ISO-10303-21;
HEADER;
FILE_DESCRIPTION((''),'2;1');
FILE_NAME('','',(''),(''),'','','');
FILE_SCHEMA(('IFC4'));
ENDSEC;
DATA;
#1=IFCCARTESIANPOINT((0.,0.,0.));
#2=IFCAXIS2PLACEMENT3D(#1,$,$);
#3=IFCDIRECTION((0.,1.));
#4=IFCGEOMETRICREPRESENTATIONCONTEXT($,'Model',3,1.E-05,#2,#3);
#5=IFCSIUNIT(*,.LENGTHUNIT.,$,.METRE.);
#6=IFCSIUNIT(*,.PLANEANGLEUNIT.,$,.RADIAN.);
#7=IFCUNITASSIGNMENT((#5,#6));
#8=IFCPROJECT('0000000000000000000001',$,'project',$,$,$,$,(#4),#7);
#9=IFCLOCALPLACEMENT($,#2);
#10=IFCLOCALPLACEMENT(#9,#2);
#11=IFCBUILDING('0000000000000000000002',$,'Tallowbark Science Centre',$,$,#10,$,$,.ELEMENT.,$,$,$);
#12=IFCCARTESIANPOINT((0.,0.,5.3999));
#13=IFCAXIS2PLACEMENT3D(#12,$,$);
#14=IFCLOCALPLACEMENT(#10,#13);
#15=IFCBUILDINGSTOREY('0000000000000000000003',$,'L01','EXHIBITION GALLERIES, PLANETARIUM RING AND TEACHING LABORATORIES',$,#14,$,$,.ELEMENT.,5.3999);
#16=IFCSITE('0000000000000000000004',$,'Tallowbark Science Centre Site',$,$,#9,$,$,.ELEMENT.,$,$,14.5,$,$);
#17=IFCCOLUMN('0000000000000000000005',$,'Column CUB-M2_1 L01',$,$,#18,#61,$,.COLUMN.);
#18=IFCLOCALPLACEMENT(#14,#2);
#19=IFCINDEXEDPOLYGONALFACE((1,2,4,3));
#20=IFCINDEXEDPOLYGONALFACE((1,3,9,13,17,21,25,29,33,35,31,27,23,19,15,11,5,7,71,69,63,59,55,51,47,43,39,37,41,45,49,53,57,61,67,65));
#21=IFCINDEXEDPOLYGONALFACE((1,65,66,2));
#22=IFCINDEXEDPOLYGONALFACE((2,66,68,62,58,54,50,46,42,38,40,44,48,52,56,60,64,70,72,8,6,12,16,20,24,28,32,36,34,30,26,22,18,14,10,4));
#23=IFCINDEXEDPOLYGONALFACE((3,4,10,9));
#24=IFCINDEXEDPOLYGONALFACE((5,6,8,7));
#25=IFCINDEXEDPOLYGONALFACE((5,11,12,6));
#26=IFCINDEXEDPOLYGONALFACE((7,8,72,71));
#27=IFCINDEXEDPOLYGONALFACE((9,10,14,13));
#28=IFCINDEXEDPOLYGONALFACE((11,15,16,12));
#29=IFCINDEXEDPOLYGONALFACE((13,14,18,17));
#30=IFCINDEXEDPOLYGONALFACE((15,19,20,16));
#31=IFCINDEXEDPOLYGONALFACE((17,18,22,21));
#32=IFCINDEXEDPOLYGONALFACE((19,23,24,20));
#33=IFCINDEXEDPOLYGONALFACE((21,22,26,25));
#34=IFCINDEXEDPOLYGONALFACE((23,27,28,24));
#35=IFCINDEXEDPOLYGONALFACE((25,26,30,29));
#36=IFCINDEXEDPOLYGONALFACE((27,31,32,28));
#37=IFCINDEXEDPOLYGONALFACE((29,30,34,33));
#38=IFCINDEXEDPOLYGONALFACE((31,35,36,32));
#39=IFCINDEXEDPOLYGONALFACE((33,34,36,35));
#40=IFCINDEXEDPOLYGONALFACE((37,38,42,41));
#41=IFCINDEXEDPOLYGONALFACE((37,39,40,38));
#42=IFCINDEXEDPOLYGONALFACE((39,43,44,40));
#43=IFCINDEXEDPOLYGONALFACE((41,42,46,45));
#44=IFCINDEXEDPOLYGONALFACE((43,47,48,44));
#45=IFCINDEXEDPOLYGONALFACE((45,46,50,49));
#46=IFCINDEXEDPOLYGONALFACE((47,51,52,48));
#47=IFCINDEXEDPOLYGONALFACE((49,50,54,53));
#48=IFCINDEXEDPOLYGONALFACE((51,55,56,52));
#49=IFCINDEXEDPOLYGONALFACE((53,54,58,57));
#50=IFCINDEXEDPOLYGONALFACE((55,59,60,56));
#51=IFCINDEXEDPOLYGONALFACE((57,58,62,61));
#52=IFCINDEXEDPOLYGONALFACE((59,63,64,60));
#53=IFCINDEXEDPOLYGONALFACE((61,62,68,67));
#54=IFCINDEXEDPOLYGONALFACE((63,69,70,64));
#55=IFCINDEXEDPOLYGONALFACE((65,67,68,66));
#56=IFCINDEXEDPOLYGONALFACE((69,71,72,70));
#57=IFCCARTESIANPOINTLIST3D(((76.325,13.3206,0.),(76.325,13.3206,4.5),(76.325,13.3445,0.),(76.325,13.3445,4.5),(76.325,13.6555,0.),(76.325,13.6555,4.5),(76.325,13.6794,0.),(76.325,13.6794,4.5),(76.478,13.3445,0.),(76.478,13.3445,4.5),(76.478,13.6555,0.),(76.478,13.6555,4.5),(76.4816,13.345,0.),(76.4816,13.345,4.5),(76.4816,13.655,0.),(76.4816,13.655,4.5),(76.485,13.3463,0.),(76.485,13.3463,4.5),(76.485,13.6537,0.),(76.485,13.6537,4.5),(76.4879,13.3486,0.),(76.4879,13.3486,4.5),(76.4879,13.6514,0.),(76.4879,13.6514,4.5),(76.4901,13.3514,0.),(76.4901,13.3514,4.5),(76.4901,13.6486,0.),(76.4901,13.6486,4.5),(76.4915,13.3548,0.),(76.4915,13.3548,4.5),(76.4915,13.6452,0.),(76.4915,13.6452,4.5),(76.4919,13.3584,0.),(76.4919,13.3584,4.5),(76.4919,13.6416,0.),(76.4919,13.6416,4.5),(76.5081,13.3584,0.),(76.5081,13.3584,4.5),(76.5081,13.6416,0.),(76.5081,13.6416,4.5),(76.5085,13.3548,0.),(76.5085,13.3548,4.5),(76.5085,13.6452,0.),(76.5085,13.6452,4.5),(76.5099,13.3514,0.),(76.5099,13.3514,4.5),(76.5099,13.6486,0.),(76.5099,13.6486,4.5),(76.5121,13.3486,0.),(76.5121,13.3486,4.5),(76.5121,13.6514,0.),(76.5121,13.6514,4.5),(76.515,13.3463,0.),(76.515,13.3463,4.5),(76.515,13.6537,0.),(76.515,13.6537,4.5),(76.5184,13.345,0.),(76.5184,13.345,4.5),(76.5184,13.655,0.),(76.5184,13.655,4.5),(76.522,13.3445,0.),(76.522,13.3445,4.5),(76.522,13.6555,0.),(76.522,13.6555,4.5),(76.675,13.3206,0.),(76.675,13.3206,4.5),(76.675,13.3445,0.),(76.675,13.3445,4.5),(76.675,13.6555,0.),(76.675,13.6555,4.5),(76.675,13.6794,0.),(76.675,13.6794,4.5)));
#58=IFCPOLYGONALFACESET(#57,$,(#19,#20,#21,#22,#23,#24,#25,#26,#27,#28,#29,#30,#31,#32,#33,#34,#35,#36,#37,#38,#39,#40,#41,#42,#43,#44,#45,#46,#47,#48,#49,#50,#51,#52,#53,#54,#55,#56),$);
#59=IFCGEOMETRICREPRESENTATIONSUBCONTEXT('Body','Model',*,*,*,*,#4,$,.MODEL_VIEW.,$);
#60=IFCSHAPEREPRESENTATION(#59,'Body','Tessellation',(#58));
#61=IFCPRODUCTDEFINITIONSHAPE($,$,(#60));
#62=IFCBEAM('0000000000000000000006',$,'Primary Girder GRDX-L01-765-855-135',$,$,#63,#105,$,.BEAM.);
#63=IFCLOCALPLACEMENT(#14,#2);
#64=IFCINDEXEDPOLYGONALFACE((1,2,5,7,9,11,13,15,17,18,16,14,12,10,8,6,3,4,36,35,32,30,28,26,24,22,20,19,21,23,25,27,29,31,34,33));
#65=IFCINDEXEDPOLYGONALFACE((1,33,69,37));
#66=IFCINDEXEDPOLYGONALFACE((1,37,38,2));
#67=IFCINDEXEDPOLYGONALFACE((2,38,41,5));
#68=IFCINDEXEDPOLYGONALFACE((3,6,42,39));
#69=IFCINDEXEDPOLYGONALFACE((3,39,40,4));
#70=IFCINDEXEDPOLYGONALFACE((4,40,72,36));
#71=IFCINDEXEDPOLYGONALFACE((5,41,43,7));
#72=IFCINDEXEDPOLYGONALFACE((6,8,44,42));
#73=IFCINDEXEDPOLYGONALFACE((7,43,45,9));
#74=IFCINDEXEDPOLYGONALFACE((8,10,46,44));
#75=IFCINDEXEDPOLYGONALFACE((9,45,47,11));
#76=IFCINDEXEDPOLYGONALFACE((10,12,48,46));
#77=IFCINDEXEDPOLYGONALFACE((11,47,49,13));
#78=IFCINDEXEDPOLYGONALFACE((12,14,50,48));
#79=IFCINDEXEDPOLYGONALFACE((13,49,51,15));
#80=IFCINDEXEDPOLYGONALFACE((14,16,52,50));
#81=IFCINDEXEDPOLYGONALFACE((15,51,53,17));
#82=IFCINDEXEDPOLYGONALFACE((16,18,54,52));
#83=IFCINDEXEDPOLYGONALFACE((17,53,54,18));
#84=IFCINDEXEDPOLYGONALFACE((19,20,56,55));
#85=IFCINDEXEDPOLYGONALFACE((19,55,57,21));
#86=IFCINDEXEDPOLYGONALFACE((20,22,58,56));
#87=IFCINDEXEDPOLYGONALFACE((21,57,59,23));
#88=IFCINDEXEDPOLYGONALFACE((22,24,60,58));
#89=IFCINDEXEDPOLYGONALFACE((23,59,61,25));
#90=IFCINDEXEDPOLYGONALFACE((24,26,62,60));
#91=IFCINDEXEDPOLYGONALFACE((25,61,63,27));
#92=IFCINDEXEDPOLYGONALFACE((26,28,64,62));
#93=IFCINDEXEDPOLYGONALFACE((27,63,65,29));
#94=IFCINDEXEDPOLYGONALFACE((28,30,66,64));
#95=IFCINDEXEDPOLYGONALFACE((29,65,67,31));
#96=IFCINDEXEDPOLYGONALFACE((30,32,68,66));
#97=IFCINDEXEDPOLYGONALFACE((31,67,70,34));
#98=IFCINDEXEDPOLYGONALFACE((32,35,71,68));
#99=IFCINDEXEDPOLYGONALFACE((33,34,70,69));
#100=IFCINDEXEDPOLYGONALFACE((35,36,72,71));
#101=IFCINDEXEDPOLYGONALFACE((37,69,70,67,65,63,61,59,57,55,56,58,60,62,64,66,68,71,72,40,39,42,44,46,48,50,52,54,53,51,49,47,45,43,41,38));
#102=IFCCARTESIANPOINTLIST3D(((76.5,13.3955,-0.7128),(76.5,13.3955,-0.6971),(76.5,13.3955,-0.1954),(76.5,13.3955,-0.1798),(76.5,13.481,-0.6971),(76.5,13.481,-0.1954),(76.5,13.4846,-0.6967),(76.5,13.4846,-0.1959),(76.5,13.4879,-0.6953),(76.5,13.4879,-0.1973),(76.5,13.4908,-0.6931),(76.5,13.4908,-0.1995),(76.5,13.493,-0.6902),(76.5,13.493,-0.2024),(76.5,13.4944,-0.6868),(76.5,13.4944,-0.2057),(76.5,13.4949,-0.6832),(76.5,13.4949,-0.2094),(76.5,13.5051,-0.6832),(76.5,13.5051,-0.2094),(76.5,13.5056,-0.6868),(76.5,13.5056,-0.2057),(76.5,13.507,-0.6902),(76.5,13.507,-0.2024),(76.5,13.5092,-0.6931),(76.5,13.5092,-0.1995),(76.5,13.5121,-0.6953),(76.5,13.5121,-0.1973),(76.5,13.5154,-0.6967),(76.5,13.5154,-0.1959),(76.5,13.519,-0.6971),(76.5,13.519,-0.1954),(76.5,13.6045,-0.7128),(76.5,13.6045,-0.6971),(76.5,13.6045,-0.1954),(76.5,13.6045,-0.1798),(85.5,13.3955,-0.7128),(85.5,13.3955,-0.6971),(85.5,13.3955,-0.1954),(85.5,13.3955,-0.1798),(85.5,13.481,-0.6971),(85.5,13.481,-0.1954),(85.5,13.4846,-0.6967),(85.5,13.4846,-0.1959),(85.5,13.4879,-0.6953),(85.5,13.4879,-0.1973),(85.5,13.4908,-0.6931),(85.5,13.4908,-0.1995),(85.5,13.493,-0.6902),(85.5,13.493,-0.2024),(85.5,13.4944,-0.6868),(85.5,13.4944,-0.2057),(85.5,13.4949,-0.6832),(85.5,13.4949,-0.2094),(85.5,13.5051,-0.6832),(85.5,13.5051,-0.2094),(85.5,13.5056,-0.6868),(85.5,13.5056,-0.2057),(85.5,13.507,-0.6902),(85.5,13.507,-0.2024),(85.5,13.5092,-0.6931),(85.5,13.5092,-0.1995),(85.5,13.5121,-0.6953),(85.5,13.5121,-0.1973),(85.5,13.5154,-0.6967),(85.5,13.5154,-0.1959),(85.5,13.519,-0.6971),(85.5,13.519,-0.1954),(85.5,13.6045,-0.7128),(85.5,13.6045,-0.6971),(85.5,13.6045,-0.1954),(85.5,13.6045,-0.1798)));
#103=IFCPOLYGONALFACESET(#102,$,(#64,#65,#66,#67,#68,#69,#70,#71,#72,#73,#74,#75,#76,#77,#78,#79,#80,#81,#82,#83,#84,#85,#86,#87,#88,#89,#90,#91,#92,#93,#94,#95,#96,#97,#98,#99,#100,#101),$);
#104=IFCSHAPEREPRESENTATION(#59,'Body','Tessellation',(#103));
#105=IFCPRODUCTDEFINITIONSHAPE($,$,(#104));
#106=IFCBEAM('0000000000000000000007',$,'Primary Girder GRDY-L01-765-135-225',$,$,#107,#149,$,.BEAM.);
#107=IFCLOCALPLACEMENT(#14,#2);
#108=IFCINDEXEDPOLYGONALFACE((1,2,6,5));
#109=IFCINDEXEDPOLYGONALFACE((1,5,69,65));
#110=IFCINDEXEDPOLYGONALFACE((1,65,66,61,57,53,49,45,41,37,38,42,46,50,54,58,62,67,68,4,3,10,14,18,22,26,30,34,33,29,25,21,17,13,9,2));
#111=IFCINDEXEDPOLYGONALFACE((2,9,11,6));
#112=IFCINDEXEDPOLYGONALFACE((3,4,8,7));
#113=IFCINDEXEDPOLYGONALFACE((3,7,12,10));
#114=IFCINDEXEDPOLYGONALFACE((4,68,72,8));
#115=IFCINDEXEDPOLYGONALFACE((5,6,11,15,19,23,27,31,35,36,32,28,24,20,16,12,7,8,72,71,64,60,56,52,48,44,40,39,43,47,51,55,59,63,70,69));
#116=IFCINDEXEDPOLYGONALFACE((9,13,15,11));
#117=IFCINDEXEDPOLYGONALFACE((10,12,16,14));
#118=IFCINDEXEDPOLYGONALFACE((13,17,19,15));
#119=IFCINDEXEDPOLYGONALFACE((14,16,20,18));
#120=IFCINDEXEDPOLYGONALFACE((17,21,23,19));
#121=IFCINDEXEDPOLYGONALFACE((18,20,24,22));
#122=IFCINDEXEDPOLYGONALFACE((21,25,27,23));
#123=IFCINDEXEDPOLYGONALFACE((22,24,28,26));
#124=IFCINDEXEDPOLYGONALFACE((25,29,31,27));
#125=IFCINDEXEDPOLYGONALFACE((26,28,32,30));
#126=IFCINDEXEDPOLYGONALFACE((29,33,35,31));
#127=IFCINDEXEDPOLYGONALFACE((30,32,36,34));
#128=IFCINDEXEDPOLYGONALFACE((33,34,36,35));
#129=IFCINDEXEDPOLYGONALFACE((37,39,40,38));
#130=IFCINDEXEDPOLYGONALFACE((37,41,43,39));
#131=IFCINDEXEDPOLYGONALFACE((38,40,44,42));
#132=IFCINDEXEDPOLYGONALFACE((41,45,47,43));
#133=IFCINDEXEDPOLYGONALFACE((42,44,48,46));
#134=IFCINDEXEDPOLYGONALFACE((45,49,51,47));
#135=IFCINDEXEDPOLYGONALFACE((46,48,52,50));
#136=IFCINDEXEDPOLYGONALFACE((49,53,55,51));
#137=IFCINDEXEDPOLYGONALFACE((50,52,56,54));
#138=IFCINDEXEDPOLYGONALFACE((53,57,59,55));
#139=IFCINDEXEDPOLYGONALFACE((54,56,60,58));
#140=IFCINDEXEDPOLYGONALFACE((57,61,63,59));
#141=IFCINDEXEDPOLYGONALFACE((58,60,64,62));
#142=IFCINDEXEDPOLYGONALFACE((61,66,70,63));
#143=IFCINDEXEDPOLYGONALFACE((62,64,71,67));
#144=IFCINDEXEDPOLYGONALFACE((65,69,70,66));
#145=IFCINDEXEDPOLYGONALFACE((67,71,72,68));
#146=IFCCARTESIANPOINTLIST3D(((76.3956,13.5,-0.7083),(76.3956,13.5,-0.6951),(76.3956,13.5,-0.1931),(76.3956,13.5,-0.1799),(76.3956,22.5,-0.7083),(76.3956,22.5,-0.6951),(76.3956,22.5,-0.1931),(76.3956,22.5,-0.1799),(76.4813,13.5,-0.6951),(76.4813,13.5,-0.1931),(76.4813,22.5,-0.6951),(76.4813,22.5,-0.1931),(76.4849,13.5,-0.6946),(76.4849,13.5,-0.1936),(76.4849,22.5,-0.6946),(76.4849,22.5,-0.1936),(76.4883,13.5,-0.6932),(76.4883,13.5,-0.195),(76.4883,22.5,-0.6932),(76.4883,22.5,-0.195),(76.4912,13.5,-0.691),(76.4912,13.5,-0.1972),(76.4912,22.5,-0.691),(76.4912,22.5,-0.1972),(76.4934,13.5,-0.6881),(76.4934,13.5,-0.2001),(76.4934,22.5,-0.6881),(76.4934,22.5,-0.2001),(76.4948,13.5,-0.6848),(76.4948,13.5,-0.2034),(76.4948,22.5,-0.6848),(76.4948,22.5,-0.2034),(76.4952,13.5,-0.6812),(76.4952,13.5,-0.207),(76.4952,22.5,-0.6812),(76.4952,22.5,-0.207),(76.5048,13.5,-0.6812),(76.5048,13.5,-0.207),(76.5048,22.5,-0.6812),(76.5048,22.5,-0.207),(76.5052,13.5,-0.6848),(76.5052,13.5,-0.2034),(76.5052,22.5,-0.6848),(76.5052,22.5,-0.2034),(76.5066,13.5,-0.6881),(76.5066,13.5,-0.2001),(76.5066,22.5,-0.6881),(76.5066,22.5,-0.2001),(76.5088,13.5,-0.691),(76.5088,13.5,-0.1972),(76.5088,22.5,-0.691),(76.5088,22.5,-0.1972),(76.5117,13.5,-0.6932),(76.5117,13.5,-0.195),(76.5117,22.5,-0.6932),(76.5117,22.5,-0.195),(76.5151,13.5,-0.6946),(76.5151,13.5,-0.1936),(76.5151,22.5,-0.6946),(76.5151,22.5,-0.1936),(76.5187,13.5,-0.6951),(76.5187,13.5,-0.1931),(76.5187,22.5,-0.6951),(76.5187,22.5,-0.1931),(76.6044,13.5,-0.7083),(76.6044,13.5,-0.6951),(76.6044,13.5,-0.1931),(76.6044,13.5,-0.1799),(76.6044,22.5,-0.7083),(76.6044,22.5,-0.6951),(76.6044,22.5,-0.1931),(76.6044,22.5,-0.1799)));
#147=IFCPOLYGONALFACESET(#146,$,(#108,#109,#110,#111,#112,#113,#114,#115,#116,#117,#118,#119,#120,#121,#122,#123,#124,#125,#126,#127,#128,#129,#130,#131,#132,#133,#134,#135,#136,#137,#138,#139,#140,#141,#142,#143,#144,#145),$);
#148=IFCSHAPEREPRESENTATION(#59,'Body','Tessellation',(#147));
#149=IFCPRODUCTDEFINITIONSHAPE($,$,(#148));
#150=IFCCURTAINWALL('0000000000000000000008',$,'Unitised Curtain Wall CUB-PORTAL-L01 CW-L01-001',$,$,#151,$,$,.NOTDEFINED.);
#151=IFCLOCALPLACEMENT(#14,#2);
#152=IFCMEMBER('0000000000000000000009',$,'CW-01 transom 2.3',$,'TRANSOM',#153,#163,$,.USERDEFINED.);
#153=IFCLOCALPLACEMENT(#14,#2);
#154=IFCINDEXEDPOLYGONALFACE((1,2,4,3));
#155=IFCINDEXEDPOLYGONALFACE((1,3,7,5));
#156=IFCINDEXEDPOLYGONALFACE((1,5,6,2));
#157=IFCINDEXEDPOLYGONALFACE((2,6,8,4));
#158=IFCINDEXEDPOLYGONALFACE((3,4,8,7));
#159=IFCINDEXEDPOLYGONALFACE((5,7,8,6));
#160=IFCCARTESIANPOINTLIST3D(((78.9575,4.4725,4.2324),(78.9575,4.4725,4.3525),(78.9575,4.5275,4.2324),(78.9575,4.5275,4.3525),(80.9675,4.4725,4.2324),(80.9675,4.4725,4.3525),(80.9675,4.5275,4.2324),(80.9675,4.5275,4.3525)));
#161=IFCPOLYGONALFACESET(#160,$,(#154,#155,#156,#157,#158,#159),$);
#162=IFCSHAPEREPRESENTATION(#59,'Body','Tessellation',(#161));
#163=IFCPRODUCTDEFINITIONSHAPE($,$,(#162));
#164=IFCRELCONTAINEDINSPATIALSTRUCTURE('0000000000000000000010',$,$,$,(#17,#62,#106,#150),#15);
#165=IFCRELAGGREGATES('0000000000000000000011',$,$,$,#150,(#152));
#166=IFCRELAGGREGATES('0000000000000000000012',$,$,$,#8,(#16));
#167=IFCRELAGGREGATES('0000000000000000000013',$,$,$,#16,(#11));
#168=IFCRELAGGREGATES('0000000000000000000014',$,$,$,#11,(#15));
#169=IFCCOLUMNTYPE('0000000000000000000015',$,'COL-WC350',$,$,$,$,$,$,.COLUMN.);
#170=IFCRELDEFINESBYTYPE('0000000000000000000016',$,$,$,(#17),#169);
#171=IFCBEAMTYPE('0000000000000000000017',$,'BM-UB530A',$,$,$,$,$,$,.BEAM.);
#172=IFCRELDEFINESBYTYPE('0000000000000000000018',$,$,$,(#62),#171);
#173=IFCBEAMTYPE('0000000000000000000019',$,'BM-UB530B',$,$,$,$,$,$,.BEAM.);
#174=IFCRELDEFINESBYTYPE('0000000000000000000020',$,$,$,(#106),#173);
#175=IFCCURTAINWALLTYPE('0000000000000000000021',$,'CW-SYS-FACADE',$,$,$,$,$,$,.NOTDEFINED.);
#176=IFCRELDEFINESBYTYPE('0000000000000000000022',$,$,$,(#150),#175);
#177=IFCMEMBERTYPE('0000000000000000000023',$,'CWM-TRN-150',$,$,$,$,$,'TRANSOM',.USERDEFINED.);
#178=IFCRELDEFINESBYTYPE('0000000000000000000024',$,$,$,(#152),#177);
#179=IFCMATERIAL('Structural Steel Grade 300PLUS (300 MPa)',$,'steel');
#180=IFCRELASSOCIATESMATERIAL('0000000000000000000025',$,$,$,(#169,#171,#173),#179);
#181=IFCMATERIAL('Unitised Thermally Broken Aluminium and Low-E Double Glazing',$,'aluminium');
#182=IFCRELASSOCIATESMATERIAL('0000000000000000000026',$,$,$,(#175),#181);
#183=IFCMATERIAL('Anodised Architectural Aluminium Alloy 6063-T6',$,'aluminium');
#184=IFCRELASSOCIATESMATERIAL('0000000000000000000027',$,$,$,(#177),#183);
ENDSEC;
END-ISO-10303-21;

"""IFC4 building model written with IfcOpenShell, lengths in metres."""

from ifc_helpers import new_model, si_unit, direction, frame, origin, origin_2d, place, context, subcontext, project, spatial, rectangle, i_section, extrude, material, material_profile, profile_set, type_object, element, aggregate, save


model = new_model("IFC4")

# Units and contexts
model_context = context("Model", 3, precision=1e-05, world=origin(), true_north=direction((0.0, 1.0)))
body_context = subcontext(model_context, "Body", "Model", "MODEL_VIEW")
ifc_project = project(units=[si_unit("LENGTHUNIT", "METRE"), si_unit("PLANEANGLEUNIT", "RADIAN")], contexts=[model_context])

# Site, building, storey
site_placement = place(None, origin())
site = spatial("IfcSite", under=ifc_project, at=site_placement, Name="Tallowbark Science Centre Site", CompositionType="ELEMENT", RefElevation=14.5)
building_placement = place(site_placement, origin())
building = spatial("IfcBuilding", under=site, at=building_placement, Name="Tallowbark Science Centre", CompositionType="ELEMENT")
storey_placement = place(building_placement, frame((0.0, 0.0, 5.3999)))
storey = spatial("IfcBuildingStorey", under=building, at=storey_placement, Name="L01", Description="EXHIBITION GALLERIES, PLANETARIUM RING AND TEACHING LABORATORIES", CompositionType="ELEMENT", Elevation=5.3999)

# Column
ifc_material_1 = material(Name="Structural Steel Grade 300PLUS (300 MPa)", Category="steel")
ifc_material_profile_1 = material_profile(ifc_material_1, i_section(OverallWidth=0.3501, OverallDepth=0.3589, WebThickness=0.0161, FlangeThickness=0.0239, FilletRadius=0.0139, at=origin_2d()), Name="350WC197")
ifc_profile_set_1 = profile_set([ifc_material_profile_1], Name="Structural Steel Grade 300PLUS (300 MPa)")
column_type = type_object("IfcColumnType", Name="COL-WC350", PredefinedType="COLUMN", material=ifc_profile_set_1)
column_placement = place(storey_placement, frame((76.5, 13.5, 0.0), z_axis=(0.0, 0.0, 1.0), x_axis=(1.0, 0.0, 0.0)))
element("IfcColumn", 1, at=column_placement, inside=storey, type_object=column_type, Name="Column CUB-M2_1 L01", PredefinedType="COLUMN", context=body_context, shape_type="SweptSolid", body=[
    extrude(i_section(OverallWidth=0.3501, OverallDepth=0.3589, WebThickness=0.0161, FlangeThickness=0.0239, FilletRadius=0.0139, at=origin_2d()), origin(), (0.0, 0.0, 1.0), 4.5),
])

# Beams
ifc_material_profile_2 = material_profile(ifc_material_1, i_section(OverallWidth=0.209, OverallDepth=0.533, WebThickness=0.0103, FlangeThickness=0.0156, FilletRadius=0.0139, at=origin_2d()), Name="530UB92.4")
ifc_profile_set_2 = profile_set([ifc_material_profile_2], Name="Structural Steel Grade 300PLUS (300 MPa)")
beam_type_1 = type_object("IfcBeamType", Name="BM-UB530A", PredefinedType="BEAM", material=ifc_profile_set_2)
beam_1_placement = place(storey_placement, frame((76.5, 13.5, -0.4463), z_axis=(1.0, 0.0, 0.0), x_axis=(0.0, 1.0, 0.0)))
element("IfcBeam", 2, at=beam_1_placement, inside=storey, type_object=beam_type_1, Name="Primary Girder GRDX-L01-765-855-135", PredefinedType="BEAM", context=body_context, shape_type="SweptSolid", body=[
    extrude(i_section(OverallWidth=0.209, OverallDepth=0.533, WebThickness=0.0103, FlangeThickness=0.0156, FilletRadius=0.0139, at=origin_2d()), origin(), (0.0, 0.0, 1.0), 9.0),
])
ifc_material_profile_3 = material_profile(ifc_material_1, i_section(OverallWidth=0.2087, OverallDepth=0.5283, WebThickness=0.0095, FlangeThickness=0.0132, FilletRadius=0.0139, at=origin_2d()), Name="530UB82.0")
ifc_profile_set_3 = profile_set([ifc_material_profile_3], Name="Structural Steel Grade 300PLUS (300 MPa)")
beam_type_2 = type_object("IfcBeamType", Name="BM-UB530B", PredefinedType="BEAM", material=ifc_profile_set_3)
beam_2_placement = place(storey_placement, frame((76.5, 13.5, -0.4441), z_axis=(0.0, 1.0, 0.0), x_axis=(-1.0, 0.0, 0.0)))
element("IfcBeam", 3, at=beam_2_placement, inside=storey, type_object=beam_type_2, Name="Primary Girder GRDY-L01-765-135-225", PredefinedType="BEAM", context=body_context, shape_type="SweptSolid", body=[
    extrude(i_section(OverallWidth=0.2087, OverallDepth=0.5283, WebThickness=0.0095, FlangeThickness=0.0132, FilletRadius=0.0139, at=origin_2d()), origin(), (0.0, 0.0, 1.0), 9.0),
])

# Curtain wall, member
ifc_material_2 = material(Name="Unitised Thermally Broken Aluminium and Low-E Double Glazing", Category="aluminium")
curtain_wall_type = type_object("IfcCurtainWallType", Name="CW-SYS-FACADE", PredefinedType="NOTDEFINED", material=ifc_material_2)
curtain_wall_placement = place(storey_placement, origin())
curtain_wall = element("IfcCurtainWall", 4, at=curtain_wall_placement, inside=storey, type_object=curtain_wall_type, Name="Unitised Curtain Wall CUB-PORTAL-L01 CW-L01-001", PredefinedType="NOTDEFINED")
ifc_material_3 = material(Name="Anodised Architectural Aluminium Alloy 6063-T6", Category="aluminium")
ifc_material_profile_4 = material_profile(ifc_material_3, rectangle(XDim=0.0549, YDim=0.1201, at=origin_2d()), Name="ALU55x120")
ifc_profile_set_4 = profile_set([ifc_material_profile_4], Name="Anodised Architectural Aluminium Alloy 6063-T6")
member_type = type_object("IfcMemberType", Name="CWM-TRN-150", ElementType="TRANSOM", PredefinedType="USERDEFINED", material=ifc_profile_set_4)
member_placement = place(storey_placement, frame((78.9575, 4.5, 4.2925), z_axis=(1.0, 0.0, 0.0), x_axis=(0.0, 1.0, 0.0)))
member = element("IfcMember", 5, at=member_placement, type_object=member_type, Name="CW-01 transom 2.3", ObjectType="TRANSOM", PredefinedType="USERDEFINED", context=body_context, shape_type="SweptSolid", body=[
    extrude(rectangle(XDim=0.0549, YDim=0.1201, at=origin_2d()), origin(), (0.0, 0.0, 1.0), 2.01),
])
aggregate(curtain_wall, [member])

save(model, "model.ifc")
